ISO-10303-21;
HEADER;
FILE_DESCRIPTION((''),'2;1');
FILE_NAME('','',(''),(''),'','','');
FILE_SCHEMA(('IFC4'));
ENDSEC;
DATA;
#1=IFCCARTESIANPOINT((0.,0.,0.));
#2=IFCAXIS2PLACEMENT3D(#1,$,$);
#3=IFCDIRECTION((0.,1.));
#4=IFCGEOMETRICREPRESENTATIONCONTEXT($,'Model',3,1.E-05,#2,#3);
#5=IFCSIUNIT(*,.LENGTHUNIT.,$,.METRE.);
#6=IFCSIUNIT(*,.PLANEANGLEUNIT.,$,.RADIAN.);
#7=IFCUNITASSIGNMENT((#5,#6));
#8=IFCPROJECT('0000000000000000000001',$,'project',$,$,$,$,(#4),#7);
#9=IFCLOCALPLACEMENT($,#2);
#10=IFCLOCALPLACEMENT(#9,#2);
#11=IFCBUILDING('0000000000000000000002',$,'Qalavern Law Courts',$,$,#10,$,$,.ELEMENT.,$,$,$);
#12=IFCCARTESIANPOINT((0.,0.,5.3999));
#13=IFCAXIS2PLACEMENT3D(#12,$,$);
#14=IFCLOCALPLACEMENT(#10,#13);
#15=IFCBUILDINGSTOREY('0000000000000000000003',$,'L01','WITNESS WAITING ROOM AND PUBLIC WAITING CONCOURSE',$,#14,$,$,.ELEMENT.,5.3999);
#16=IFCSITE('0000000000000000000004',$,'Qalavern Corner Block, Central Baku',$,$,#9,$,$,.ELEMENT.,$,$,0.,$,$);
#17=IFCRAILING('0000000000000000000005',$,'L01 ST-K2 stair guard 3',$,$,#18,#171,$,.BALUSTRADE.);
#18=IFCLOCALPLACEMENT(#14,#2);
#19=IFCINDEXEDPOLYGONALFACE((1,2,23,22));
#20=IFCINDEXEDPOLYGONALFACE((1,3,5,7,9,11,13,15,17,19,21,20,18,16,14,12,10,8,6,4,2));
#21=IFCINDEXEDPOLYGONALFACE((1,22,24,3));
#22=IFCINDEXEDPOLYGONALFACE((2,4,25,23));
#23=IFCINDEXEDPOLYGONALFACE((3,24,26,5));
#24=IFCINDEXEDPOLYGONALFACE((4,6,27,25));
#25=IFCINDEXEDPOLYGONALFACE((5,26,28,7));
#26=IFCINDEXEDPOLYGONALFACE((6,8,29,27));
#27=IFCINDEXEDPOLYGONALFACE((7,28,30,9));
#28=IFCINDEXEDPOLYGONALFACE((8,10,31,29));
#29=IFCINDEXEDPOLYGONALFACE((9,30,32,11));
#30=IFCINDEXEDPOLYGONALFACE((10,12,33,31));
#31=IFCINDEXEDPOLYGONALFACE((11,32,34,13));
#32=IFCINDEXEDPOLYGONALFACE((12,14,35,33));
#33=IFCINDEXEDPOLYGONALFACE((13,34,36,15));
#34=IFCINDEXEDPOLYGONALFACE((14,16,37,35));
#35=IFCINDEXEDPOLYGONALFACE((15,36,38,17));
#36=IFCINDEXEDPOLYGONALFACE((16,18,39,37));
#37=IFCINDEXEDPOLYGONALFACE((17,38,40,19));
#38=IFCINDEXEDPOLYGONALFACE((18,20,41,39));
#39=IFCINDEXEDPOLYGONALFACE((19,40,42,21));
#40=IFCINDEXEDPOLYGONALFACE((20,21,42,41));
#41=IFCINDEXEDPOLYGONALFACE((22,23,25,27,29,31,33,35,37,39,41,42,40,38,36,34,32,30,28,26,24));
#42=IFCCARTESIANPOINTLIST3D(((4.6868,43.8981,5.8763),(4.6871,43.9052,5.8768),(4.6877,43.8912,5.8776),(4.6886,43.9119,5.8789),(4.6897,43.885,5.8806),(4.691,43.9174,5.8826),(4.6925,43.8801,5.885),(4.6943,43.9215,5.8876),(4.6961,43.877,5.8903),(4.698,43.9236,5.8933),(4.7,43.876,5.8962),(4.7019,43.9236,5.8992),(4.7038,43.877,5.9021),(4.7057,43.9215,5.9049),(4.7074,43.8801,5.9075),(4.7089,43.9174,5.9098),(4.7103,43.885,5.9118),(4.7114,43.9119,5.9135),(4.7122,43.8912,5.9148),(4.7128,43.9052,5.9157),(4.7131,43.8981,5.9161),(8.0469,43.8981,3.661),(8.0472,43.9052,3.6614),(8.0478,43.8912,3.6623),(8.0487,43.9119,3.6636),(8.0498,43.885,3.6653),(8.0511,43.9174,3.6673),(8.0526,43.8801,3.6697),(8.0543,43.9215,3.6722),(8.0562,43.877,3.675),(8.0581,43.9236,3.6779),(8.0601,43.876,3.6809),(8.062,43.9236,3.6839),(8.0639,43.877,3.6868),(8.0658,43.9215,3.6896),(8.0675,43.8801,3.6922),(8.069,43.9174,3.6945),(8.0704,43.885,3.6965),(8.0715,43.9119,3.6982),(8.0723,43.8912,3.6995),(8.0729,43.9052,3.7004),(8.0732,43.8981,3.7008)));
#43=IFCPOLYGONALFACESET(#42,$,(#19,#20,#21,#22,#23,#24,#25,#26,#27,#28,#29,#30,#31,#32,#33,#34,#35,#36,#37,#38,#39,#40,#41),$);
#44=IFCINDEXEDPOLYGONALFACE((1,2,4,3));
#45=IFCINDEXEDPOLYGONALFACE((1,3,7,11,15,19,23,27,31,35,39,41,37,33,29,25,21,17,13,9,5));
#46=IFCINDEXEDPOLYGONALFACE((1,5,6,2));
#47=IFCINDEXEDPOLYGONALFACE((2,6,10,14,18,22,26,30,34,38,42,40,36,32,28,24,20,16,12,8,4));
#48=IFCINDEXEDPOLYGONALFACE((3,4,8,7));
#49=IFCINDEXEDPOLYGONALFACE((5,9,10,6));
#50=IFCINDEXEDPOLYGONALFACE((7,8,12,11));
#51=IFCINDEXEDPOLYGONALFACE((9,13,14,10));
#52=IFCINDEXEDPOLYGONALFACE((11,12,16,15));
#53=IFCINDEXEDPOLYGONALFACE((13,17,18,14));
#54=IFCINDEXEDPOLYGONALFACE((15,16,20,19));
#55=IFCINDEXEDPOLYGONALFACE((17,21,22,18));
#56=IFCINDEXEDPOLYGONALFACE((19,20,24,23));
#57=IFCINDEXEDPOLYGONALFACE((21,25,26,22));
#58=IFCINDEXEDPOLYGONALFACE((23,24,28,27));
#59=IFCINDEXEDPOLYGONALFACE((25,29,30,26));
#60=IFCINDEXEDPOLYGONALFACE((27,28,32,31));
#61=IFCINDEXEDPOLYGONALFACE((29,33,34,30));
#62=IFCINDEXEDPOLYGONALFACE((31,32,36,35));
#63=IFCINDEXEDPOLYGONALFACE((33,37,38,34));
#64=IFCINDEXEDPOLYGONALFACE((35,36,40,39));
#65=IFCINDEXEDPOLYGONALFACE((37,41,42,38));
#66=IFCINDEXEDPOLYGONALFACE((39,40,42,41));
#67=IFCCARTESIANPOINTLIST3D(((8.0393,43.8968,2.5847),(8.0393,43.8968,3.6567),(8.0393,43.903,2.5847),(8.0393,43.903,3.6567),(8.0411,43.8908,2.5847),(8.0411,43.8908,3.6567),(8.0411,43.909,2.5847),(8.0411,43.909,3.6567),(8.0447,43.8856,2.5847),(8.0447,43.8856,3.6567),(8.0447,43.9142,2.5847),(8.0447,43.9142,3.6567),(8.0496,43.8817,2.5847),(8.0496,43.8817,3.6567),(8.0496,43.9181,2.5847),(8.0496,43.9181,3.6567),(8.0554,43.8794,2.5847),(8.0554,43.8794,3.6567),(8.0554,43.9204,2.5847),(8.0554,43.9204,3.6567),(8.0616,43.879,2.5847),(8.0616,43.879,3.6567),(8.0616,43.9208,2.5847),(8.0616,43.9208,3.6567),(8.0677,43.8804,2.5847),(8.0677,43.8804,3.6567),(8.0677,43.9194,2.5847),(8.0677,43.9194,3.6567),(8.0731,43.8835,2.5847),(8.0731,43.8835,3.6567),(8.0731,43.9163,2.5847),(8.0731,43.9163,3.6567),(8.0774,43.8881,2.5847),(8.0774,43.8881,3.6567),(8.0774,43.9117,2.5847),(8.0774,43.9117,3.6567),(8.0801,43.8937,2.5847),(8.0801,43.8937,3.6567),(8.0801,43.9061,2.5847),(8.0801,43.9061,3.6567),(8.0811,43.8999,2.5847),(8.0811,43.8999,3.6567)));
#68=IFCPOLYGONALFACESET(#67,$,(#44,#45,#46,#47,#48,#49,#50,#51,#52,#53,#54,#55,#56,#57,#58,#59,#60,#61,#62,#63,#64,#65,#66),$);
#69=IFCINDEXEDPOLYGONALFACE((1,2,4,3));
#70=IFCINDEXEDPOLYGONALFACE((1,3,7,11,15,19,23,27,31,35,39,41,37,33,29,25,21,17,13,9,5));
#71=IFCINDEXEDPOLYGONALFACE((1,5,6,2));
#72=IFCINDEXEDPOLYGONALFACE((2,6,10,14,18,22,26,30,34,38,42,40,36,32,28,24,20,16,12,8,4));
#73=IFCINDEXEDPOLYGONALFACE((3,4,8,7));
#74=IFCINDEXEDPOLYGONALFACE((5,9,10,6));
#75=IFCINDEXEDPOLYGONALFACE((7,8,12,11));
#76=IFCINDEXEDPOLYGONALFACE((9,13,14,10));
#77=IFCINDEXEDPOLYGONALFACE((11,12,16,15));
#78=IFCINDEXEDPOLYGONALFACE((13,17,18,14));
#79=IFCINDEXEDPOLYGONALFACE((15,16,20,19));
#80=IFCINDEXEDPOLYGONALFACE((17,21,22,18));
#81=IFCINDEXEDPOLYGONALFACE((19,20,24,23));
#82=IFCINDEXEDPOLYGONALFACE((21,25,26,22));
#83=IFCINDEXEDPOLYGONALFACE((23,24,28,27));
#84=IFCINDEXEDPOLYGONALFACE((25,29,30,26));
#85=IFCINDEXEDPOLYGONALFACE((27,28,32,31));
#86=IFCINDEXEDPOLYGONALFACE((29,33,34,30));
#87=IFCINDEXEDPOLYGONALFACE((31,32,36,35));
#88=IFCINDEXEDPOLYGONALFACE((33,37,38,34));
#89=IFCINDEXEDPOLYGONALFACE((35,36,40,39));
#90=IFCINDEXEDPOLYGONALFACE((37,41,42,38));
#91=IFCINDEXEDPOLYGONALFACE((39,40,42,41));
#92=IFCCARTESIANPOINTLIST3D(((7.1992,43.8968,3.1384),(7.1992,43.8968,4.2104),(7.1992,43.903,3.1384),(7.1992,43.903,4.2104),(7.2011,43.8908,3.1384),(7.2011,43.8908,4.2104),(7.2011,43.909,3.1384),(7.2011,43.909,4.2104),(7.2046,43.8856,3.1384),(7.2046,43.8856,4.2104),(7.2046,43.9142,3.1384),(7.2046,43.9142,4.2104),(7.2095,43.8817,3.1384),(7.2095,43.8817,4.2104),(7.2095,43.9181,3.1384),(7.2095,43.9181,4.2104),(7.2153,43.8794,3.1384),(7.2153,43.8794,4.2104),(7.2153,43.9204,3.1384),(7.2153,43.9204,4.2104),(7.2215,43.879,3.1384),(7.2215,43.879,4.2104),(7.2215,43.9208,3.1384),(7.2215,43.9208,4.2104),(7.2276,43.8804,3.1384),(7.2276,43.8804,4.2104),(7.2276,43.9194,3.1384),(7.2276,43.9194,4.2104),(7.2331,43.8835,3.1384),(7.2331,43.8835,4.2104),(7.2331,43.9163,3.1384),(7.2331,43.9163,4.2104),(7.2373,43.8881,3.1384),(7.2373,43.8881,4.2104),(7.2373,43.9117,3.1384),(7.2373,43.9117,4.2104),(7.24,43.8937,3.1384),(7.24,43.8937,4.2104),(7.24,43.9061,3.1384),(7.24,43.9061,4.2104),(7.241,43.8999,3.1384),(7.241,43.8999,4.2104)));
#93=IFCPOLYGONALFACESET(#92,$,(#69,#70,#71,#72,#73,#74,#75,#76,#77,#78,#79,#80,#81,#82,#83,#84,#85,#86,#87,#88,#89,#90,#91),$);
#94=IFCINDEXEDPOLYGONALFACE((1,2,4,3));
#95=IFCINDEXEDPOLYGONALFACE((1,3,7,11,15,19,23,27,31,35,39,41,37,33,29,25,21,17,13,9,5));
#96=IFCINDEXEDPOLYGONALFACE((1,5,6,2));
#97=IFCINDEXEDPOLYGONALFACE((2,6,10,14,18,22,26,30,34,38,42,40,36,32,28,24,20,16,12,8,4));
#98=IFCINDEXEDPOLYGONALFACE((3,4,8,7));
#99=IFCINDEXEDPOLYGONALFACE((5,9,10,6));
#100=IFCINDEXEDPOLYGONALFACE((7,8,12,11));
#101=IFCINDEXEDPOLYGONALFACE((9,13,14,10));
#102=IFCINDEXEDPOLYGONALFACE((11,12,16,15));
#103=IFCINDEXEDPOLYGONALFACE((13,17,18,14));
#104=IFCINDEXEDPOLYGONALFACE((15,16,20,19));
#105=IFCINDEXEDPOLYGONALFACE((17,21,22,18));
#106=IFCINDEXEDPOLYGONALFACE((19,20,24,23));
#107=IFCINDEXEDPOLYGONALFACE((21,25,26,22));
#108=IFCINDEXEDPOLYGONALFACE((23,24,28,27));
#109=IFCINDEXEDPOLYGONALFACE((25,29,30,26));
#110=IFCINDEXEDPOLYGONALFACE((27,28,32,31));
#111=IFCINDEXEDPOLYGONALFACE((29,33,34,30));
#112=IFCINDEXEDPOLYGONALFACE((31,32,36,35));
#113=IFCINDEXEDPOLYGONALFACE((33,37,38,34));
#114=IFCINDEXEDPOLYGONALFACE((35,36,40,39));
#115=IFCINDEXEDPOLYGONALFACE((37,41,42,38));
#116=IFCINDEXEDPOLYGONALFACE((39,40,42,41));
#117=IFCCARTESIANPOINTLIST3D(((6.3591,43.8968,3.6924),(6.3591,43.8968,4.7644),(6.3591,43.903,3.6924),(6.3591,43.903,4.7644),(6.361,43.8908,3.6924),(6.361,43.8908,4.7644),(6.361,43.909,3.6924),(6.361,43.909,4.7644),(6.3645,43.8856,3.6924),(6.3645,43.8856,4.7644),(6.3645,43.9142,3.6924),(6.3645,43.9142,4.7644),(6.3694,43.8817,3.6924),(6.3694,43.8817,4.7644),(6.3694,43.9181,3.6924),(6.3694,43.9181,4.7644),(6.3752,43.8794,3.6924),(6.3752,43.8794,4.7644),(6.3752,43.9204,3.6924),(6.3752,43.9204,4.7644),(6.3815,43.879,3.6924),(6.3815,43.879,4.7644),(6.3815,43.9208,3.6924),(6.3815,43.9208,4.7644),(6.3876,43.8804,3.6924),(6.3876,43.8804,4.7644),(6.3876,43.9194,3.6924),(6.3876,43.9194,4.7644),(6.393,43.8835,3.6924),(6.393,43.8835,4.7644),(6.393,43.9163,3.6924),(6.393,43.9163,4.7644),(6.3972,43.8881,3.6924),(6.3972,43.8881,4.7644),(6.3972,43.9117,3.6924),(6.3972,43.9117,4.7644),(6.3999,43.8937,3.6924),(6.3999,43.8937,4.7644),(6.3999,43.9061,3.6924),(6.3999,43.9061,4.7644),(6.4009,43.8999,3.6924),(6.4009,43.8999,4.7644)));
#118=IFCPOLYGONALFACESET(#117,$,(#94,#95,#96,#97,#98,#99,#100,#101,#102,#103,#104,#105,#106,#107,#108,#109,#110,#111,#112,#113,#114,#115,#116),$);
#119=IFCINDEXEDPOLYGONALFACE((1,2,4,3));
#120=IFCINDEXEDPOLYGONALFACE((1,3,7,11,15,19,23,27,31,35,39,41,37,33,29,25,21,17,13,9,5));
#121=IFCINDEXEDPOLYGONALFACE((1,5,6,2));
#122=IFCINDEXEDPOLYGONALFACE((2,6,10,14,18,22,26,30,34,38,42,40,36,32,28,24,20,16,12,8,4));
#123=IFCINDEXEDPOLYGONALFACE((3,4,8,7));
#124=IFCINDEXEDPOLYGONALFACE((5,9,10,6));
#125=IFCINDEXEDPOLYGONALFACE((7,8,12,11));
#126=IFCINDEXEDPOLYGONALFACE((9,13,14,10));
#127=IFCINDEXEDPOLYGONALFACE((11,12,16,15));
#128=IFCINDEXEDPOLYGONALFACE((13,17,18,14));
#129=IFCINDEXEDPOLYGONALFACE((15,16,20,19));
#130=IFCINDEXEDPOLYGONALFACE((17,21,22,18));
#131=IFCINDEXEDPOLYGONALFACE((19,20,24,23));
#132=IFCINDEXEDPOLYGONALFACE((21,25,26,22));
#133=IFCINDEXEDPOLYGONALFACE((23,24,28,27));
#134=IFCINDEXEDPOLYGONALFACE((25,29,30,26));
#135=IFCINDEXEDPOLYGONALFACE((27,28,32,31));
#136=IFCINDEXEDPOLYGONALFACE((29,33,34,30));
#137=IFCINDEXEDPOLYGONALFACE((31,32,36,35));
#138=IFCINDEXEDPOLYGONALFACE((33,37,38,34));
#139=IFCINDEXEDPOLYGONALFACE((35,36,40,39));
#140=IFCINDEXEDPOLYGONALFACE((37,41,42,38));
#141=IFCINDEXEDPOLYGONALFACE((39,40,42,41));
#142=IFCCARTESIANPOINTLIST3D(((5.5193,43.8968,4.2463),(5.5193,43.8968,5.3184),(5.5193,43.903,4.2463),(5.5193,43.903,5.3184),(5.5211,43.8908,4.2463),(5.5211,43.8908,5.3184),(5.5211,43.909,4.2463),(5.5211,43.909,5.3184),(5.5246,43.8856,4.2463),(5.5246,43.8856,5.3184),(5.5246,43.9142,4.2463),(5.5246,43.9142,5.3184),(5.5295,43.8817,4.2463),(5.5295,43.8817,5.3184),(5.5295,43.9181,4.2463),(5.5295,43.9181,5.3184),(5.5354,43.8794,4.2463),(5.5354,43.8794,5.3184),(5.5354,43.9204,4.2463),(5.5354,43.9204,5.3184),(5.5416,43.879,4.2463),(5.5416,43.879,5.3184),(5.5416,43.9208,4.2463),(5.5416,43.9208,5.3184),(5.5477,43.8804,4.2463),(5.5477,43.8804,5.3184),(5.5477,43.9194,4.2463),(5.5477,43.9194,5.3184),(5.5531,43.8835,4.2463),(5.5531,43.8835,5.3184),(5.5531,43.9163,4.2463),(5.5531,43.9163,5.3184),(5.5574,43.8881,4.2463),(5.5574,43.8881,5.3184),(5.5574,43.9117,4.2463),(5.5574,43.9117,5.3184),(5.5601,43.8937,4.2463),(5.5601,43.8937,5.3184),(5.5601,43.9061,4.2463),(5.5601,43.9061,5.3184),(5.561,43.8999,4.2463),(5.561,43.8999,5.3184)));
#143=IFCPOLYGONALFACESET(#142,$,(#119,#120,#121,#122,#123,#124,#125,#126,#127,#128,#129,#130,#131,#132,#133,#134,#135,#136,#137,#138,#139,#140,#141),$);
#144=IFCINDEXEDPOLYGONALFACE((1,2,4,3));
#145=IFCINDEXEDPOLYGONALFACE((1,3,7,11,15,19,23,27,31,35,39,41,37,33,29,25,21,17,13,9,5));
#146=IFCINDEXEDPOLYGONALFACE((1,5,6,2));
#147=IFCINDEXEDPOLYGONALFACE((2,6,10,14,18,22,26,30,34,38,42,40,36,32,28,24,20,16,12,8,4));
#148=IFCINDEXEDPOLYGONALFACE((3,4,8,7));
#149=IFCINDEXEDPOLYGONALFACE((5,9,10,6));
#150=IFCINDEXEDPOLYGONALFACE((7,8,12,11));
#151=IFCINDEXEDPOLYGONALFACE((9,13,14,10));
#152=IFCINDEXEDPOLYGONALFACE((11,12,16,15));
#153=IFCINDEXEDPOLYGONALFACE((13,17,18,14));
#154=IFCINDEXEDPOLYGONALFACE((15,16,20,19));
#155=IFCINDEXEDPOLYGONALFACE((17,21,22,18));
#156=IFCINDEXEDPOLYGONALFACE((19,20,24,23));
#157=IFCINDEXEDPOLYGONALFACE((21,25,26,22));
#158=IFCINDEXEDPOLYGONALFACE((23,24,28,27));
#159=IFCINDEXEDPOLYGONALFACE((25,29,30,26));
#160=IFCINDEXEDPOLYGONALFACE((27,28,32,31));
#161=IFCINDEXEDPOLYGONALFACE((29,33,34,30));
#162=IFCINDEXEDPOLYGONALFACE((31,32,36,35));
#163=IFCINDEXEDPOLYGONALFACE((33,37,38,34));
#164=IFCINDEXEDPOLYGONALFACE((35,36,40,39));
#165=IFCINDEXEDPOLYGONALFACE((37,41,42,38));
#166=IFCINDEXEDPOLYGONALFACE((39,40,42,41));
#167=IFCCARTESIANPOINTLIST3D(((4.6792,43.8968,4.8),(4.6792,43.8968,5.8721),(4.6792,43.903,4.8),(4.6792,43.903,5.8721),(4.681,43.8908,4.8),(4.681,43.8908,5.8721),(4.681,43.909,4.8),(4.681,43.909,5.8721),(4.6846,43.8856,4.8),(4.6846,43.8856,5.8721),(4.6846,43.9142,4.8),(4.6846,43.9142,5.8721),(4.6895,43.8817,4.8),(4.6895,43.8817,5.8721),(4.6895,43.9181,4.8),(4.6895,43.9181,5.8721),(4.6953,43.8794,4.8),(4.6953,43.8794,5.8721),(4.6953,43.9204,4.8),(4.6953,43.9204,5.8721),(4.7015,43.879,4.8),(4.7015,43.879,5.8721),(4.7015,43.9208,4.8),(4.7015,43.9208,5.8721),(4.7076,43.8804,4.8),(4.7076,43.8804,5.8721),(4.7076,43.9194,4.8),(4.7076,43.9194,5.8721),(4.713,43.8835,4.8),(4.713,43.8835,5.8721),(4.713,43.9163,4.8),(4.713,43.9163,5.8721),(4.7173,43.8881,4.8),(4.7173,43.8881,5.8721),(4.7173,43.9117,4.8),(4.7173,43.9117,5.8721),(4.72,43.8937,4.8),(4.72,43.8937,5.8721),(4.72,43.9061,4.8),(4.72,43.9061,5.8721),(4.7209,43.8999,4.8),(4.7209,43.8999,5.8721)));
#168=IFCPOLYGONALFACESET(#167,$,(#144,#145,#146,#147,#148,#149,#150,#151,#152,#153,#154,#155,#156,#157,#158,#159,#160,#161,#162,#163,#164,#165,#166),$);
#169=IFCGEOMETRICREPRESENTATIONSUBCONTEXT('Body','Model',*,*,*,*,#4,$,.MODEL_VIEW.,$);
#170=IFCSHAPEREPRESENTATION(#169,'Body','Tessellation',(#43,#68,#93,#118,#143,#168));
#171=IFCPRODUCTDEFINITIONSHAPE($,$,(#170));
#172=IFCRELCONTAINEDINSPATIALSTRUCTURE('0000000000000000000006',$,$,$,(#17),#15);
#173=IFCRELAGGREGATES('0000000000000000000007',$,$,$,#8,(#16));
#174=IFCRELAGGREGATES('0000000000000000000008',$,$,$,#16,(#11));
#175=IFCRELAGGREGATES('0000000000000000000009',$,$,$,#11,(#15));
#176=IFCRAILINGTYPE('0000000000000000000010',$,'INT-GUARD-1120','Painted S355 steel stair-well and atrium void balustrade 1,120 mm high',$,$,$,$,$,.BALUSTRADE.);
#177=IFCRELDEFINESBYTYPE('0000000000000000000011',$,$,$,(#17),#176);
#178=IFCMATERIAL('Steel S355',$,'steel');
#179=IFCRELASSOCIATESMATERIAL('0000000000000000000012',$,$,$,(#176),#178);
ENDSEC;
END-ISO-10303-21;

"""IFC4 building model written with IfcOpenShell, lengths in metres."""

from ifc_helpers import new_model, si_unit, direction, frame, origin, origin_2d, place, context, subcontext, project, spatial, circle, extrude, material, type_object, element, save


model = new_model("IFC4")

# Units and contexts
model_context = context("Model", 3, precision=1e-05, world=origin(), true_north=direction((0.0, 1.0)))
body_context = subcontext(model_context, "Body", "Model", "MODEL_VIEW")
ifc_project = project(units=[si_unit("LENGTHUNIT", "METRE"), si_unit("PLANEANGLEUNIT", "RADIAN")], contexts=[model_context])

# Site, building, storey
site_placement = place(None, origin())
site = spatial("IfcSite", under=ifc_project, at=site_placement, Name="Qalavern Corner Block, Central Baku", CompositionType="ELEMENT", RefElevation=0.0)
building_placement = place(site_placement, origin())
building = spatial("IfcBuilding", under=site, at=building_placement, Name="Qalavern Law Courts", CompositionType="ELEMENT")
storey_placement = place(building_placement, frame((0.0, 0.0, 5.3999)))
storey = spatial("IfcBuildingStorey", under=building, at=storey_placement, Name="L01", Description="WITNESS WAITING ROOM AND PUBLIC WAITING CONCOURSE", CompositionType="ELEMENT", Elevation=5.3999)

# Railing
ifc_material_1 = material(Name="Steel S355", Category="steel")
railing_type_1 = type_object("IfcRailingType", Name="INT-GUARD-1120", Description="Painted S355 steel stair-well and atrium void balustrade 1,120 mm high", PredefinedType="BALUSTRADE", material=ifc_material_1)
railing_1_placement = place(storey_placement, frame((8.0601, 43.8999, 2.5847)))
element("IfcRailing", 1, at=railing_1_placement, inside=storey, type_object=railing_type_1, Name="L01 ST-K2 stair guard 3", PredefinedType="BALUSTRADE", context=body_context, shape_type="SweptSolid", body=[
    extrude(circle(Radius=0.0239, at=origin_2d()), frame((0.0, 0.0, 1.0962), z_axis=(-0.834876, 0.0, 0.550437), x_axis=(0.0, -1.0, 0.0)), (0.0, 0.0, 1.0), 4.0247),
    extrude(circle(Radius=0.021, at=origin_2d()), origin(), (0.0, 0.0, 1.0), 1.072),
    extrude(circle(Radius=0.021, at=origin_2d()), frame((-0.8401, 0.0, 0.5537)), (0.0, 0.0, 1.0), 1.072),
    extrude(circle(Radius=0.021, at=origin_2d()), frame((-1.6802, 0.0, 1.1077)), (0.0, 0.0, 1.0), 1.072),
    extrude(circle(Radius=0.021, at=origin_2d()), frame((-2.52, 0.0, 1.6616)), (0.0, 0.0, 1.0), 1.072),
    extrude(circle(Radius=0.021, at=origin_2d()), frame((-3.3601, 0.0, 2.2153)), (0.0, 0.0, 1.0), 1.072),
])

save(model, "model.ifc")
